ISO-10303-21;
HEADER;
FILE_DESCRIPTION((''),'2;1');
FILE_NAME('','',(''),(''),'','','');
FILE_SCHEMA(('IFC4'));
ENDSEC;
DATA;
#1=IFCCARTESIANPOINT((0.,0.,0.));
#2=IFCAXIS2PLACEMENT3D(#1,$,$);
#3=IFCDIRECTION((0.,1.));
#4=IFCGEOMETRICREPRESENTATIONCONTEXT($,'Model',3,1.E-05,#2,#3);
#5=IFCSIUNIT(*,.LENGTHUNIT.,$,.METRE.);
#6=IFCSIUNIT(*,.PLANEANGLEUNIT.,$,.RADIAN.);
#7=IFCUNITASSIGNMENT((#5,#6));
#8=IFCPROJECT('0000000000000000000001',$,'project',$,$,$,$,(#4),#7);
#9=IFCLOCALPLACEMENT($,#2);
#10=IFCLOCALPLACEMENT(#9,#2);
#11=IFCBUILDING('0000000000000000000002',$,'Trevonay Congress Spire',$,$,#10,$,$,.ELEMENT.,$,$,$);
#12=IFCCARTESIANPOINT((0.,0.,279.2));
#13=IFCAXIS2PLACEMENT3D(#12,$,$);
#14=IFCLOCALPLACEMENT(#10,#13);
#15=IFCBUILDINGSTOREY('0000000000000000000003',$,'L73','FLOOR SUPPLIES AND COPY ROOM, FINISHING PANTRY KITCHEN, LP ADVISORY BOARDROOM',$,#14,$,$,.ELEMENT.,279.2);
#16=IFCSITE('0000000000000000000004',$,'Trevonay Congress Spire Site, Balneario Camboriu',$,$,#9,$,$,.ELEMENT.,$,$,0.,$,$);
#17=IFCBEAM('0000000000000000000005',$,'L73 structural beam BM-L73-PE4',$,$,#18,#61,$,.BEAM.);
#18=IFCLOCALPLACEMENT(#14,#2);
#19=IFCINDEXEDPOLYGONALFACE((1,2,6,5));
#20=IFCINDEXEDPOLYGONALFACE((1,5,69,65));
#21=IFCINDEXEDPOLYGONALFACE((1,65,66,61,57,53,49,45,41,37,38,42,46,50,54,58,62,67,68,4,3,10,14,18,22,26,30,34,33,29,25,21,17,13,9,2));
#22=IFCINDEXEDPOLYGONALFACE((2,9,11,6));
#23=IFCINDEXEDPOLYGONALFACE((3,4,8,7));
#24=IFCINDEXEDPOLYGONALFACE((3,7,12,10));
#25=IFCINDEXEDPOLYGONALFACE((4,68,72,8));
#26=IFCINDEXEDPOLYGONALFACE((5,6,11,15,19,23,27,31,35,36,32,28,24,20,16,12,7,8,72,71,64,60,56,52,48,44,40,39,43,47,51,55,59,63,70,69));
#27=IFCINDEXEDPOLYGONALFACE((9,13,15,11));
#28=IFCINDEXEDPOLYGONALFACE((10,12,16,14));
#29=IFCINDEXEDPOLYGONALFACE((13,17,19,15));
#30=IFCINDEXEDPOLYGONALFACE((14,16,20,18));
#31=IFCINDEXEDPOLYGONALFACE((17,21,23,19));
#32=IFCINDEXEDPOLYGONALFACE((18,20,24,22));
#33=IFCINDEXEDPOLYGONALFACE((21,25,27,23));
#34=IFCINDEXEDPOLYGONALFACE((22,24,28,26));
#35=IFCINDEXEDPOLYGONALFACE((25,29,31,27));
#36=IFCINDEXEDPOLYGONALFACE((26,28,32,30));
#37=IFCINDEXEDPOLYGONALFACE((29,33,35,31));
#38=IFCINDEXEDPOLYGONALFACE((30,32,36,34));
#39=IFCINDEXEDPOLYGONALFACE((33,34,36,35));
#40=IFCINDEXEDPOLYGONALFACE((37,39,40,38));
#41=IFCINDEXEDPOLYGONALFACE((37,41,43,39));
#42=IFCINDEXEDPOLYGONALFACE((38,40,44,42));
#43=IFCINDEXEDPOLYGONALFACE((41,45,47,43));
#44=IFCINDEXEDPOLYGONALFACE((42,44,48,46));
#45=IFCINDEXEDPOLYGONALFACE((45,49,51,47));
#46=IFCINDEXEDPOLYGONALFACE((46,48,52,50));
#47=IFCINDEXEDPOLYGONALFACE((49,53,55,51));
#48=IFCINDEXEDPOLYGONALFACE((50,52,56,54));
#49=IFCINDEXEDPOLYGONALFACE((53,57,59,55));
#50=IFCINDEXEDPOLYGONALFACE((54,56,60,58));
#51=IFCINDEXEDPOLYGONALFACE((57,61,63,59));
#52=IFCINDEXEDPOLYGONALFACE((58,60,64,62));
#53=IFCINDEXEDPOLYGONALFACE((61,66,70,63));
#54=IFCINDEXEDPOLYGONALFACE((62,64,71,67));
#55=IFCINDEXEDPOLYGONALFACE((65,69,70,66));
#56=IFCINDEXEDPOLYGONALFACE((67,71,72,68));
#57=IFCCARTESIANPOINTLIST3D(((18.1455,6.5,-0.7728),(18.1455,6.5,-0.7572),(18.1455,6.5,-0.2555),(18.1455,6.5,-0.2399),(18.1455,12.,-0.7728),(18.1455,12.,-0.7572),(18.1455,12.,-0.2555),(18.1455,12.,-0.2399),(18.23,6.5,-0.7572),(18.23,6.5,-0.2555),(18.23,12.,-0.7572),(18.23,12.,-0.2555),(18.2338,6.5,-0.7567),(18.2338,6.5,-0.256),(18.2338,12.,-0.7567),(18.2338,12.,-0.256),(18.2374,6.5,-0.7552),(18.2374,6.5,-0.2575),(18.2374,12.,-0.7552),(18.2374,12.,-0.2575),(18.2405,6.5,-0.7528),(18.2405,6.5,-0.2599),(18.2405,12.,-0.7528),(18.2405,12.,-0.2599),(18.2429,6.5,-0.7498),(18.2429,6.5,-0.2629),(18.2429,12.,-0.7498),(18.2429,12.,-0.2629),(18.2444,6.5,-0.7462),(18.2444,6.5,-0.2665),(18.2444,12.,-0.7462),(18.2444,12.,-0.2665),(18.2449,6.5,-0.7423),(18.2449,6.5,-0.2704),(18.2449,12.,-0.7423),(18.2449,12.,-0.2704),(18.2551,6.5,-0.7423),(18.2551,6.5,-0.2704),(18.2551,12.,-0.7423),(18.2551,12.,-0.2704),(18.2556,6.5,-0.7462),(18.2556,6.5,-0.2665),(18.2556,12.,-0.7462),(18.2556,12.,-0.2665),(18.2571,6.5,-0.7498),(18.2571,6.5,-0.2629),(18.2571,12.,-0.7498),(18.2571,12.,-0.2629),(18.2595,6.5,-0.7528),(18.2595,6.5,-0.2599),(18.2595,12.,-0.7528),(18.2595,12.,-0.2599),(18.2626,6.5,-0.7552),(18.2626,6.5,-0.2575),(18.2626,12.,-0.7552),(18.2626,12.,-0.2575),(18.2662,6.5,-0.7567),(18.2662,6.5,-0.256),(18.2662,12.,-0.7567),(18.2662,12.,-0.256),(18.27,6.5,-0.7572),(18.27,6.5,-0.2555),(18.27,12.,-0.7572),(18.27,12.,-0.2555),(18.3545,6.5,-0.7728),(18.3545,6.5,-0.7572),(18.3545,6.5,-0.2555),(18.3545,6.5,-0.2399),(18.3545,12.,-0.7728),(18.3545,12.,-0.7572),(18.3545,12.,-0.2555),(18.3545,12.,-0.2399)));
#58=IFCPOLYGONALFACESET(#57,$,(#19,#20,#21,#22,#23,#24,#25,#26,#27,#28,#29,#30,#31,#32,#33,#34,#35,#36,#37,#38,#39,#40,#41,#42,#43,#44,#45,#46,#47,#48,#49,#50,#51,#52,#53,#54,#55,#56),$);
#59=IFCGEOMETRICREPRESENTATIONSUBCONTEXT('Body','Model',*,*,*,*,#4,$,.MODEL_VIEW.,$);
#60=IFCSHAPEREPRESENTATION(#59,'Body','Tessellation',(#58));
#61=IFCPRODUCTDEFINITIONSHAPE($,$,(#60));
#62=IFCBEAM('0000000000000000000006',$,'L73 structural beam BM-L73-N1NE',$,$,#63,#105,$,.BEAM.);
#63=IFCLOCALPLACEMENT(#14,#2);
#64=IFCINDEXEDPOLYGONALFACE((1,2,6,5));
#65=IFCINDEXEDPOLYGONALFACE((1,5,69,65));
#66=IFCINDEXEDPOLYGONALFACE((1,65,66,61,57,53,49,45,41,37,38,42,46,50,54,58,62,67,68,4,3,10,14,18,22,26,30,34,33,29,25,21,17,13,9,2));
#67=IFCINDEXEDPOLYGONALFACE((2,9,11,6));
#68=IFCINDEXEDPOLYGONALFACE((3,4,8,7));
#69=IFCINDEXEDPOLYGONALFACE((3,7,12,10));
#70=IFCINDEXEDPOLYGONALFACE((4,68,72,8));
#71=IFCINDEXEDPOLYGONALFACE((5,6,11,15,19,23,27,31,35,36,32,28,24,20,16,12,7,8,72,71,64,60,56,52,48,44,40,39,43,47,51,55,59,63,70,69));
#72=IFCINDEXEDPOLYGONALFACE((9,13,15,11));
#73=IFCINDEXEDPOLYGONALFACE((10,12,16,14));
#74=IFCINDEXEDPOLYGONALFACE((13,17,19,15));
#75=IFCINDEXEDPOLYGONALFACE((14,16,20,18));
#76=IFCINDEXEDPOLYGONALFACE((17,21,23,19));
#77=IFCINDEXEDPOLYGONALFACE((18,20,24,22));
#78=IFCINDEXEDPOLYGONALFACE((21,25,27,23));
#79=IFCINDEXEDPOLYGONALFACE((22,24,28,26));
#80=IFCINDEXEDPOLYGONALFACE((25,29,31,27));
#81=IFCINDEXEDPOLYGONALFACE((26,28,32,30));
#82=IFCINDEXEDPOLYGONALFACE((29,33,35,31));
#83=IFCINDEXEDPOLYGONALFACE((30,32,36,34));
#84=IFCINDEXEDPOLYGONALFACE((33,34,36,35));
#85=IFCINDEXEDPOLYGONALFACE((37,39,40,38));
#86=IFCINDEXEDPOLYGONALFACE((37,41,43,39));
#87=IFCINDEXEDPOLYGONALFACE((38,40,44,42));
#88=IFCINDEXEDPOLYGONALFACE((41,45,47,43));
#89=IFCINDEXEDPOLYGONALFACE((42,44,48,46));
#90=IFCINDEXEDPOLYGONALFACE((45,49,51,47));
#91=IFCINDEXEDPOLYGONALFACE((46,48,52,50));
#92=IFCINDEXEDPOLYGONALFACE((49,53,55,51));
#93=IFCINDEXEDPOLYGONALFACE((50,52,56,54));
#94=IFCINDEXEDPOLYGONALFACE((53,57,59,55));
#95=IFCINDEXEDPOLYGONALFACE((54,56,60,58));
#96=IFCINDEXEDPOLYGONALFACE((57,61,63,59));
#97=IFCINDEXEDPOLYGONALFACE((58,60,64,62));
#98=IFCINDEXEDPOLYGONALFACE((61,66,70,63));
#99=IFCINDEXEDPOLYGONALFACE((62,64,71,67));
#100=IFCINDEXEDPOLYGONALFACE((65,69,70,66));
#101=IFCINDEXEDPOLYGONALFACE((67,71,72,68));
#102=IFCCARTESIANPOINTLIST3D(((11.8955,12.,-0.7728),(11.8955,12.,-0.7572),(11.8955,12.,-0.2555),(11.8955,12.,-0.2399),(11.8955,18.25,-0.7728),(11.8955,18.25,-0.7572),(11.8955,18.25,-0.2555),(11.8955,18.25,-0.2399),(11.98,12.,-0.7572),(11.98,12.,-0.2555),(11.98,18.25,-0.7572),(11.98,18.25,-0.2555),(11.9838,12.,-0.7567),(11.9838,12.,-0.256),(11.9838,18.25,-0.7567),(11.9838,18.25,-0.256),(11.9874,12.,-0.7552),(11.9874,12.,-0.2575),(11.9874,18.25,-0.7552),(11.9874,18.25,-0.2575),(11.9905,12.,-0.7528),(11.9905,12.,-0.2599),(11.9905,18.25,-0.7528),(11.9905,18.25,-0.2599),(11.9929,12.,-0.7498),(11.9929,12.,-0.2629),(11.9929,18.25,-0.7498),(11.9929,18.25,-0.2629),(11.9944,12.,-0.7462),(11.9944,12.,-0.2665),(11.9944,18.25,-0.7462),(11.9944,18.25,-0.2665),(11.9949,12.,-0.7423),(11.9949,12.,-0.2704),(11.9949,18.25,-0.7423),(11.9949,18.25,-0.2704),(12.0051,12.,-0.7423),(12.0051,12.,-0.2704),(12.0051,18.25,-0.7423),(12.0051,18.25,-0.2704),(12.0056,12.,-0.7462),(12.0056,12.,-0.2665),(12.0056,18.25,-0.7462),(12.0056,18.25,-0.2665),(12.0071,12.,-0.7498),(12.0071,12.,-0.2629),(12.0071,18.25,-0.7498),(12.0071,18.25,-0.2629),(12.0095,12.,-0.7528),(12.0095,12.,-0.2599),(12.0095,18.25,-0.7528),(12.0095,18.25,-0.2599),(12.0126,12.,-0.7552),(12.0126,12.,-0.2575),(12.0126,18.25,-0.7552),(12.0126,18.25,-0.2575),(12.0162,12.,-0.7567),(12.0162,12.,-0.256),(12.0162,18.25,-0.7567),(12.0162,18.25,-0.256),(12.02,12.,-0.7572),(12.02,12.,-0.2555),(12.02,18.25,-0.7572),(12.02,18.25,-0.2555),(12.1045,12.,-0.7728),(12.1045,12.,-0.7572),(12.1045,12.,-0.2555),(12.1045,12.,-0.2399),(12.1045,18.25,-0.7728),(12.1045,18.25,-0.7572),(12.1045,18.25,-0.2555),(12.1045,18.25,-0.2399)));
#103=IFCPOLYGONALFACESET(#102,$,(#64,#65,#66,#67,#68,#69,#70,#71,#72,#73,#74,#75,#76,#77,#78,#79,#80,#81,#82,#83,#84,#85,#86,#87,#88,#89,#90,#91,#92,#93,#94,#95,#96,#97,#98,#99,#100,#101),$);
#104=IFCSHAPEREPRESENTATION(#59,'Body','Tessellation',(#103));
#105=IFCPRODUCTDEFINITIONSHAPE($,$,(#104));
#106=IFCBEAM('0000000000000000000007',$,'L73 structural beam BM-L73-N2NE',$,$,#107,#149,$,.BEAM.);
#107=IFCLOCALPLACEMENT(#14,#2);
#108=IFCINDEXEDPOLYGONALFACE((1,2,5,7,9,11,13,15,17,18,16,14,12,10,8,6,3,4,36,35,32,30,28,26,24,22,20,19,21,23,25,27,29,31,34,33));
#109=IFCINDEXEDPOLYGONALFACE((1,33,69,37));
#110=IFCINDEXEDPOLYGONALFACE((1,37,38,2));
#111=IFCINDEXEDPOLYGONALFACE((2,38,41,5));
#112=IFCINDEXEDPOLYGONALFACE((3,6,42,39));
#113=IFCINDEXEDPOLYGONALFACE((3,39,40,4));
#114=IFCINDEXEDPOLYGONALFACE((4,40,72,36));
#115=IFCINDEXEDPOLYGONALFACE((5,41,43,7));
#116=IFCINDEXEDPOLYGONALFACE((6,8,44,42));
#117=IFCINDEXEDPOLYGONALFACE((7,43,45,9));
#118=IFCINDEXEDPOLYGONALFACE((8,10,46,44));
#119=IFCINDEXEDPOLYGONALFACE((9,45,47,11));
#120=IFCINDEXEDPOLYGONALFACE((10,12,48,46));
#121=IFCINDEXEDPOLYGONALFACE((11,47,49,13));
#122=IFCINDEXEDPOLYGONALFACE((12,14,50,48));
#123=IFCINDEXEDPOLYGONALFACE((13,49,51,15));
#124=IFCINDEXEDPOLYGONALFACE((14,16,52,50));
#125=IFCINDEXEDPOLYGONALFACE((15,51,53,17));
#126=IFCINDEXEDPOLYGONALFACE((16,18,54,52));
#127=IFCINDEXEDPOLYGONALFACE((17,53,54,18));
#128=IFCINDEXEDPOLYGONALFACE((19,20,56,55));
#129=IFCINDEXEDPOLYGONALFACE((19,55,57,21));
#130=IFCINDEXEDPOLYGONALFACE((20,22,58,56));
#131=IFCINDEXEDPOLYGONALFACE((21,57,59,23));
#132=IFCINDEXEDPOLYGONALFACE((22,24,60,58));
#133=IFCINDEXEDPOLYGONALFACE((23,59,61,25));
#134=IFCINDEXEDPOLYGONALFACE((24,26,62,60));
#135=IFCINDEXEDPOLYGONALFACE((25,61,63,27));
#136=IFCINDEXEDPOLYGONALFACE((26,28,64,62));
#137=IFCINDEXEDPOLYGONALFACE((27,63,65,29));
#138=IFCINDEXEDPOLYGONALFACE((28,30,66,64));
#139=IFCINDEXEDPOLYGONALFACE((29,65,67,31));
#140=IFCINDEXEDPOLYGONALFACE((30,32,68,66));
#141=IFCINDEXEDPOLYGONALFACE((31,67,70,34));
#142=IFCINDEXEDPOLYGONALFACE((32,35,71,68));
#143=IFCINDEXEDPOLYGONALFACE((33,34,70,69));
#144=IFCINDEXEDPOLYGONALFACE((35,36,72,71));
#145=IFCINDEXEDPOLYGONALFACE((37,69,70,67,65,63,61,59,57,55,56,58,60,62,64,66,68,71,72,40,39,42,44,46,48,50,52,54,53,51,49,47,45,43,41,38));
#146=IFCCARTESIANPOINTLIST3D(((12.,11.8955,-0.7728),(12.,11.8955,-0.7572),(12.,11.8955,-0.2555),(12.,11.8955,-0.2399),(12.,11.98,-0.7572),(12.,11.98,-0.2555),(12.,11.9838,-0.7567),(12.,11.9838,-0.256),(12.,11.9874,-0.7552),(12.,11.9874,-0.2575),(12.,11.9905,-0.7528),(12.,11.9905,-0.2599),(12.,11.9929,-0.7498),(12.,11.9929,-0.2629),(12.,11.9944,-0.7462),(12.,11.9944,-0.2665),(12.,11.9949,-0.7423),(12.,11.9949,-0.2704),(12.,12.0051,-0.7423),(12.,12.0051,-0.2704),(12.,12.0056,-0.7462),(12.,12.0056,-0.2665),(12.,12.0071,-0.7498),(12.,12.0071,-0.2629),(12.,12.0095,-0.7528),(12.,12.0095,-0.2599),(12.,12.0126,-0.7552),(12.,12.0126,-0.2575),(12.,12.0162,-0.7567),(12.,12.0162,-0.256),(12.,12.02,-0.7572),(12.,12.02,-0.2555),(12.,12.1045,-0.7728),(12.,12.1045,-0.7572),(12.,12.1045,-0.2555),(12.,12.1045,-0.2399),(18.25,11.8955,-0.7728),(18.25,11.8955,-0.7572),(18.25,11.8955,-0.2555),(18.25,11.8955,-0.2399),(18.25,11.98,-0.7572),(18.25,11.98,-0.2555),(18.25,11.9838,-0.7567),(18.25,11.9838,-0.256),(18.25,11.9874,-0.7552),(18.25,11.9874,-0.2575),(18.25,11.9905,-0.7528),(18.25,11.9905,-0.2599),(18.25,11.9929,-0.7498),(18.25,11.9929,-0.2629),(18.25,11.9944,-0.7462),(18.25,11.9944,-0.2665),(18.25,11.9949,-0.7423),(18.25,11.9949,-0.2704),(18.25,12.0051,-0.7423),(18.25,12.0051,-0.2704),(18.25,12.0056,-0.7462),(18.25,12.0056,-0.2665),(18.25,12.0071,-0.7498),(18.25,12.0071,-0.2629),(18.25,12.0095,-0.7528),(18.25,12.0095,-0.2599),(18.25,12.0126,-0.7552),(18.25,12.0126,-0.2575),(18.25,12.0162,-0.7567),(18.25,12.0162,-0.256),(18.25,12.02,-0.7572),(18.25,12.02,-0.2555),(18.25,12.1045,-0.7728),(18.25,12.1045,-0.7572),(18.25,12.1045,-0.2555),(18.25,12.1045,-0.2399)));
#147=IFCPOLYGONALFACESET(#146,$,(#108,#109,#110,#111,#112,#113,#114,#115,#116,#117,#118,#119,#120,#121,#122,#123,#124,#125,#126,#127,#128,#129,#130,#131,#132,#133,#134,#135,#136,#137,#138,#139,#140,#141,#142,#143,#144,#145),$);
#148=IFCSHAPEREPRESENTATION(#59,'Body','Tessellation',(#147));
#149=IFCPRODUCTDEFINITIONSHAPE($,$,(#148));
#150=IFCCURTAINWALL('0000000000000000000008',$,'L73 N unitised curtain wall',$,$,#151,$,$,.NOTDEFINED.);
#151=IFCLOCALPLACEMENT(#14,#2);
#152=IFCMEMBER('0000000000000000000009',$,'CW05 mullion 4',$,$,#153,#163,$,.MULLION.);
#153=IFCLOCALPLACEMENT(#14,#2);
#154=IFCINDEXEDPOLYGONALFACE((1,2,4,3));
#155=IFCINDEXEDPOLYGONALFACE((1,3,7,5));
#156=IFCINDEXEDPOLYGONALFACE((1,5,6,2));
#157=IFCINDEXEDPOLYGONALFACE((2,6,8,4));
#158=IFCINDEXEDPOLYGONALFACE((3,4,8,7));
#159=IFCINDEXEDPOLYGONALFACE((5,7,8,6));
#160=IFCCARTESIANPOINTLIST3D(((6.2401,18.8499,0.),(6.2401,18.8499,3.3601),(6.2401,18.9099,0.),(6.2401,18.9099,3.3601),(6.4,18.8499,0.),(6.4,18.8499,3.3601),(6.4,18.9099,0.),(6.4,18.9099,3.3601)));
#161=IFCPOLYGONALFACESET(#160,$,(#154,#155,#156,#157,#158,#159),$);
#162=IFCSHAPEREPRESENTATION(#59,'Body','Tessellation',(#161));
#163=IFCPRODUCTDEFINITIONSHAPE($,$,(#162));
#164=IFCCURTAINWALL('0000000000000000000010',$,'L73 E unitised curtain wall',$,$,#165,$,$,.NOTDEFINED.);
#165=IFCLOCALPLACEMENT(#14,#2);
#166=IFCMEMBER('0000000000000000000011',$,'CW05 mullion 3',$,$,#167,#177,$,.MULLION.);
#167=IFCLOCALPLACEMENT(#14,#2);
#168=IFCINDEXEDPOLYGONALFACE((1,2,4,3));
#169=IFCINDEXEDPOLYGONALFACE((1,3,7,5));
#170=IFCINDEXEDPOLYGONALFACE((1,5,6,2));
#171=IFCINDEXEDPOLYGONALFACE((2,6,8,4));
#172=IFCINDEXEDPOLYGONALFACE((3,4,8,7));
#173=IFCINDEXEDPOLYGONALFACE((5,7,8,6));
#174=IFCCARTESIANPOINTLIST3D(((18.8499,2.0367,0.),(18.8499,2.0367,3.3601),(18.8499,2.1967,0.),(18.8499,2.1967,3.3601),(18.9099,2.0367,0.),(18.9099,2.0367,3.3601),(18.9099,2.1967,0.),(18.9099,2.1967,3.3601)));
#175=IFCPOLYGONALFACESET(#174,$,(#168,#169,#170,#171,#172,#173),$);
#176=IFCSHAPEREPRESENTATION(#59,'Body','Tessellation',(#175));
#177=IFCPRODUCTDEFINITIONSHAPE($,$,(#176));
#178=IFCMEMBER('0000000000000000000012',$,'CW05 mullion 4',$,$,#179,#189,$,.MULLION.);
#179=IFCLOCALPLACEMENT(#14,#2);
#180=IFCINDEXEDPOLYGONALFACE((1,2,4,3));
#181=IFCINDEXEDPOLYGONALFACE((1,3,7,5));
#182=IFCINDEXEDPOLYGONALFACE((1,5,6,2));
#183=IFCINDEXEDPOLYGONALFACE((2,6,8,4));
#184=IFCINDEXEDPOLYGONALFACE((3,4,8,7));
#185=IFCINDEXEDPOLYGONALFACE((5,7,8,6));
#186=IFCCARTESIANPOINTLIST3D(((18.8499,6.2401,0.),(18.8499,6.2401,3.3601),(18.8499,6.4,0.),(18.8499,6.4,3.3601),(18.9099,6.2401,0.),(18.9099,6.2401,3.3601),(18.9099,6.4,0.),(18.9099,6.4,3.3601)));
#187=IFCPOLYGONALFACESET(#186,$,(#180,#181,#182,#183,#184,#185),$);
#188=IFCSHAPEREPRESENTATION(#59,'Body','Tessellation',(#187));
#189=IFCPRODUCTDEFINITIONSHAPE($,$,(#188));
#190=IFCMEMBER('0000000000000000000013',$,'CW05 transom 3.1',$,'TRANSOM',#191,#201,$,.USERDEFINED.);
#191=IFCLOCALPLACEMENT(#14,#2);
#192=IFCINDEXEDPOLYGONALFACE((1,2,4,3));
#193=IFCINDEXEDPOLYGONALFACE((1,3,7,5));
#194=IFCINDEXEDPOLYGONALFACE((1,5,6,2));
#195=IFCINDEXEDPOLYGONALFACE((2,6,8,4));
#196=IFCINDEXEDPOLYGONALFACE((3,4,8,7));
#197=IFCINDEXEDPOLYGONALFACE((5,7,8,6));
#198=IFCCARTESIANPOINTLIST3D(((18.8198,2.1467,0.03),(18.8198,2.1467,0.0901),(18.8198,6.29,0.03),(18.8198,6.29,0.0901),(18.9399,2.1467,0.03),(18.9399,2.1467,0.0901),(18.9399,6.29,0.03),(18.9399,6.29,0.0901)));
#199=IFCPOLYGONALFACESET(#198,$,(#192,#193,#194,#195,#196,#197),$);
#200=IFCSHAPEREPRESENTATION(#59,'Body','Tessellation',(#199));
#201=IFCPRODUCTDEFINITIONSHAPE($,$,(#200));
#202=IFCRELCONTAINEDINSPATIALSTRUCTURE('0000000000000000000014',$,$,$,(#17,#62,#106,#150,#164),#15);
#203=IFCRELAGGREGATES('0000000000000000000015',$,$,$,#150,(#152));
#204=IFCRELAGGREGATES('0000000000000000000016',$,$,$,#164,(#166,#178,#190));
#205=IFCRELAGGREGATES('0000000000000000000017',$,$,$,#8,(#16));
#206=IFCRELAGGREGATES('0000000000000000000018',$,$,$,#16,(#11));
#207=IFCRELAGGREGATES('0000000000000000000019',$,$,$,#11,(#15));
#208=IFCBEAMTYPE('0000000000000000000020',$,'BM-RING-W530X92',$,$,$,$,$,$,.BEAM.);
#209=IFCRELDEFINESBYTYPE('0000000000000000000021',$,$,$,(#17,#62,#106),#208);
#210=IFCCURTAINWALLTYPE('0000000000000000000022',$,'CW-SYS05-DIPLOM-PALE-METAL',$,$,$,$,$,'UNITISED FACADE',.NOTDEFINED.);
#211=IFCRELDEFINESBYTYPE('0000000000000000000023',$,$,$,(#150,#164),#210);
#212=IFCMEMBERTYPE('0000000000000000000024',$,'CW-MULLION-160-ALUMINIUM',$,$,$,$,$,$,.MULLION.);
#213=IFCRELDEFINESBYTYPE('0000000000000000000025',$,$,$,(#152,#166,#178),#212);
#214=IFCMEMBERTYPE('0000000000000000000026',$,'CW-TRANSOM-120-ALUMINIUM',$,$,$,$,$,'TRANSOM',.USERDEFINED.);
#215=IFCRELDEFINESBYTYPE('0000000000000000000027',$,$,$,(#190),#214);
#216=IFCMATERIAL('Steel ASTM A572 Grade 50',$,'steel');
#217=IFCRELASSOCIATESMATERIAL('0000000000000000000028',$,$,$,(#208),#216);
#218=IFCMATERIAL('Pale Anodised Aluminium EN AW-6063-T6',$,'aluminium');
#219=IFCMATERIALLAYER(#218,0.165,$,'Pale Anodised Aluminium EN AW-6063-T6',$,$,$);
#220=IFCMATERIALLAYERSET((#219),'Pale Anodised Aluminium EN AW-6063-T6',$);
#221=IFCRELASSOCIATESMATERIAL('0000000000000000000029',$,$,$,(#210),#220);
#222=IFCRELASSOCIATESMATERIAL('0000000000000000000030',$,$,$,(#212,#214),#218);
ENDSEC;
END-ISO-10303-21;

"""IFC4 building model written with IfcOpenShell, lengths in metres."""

from ifc_helpers import new_model, si_unit, direction, frame, origin, origin_2d, place, context, subcontext, project, spatial, rectangle, i_section, extrude, material, layer, layer_set, material_profile, profile_set, type_object, element, aggregate, save


model = new_model("IFC4")

# Units and contexts
model_context = context("Model", 3, precision=1e-05, world=origin(), true_north=direction((0.0, 1.0)))
body_context = subcontext(model_context, "Body", "Model", "MODEL_VIEW")
ifc_project = project(units=[si_unit("LENGTHUNIT", "METRE"), si_unit("PLANEANGLEUNIT", "RADIAN")], contexts=[model_context])

# Site, building, storey
site_placement = place(None, origin())
site = spatial("IfcSite", under=ifc_project, at=site_placement, Name="Trevonay Congress Spire Site, Balneario Camboriu", CompositionType="ELEMENT", RefElevation=0.0)
building_placement = place(site_placement, origin())
building = spatial("IfcBuilding", under=site, at=building_placement, Name="Trevonay Congress Spire", CompositionType="ELEMENT")
storey_placement = place(building_placement, frame((0.0, 0.0, 279.2)))
storey = spatial("IfcBuildingStorey", under=building, at=storey_placement, Name="L73", Description="FLOOR SUPPLIES AND COPY ROOM, FINISHING PANTRY KITCHEN, LP ADVISORY BOARDROOM", CompositionType="ELEMENT", Elevation=279.2)

# Shared definitions
ifc_material_1 = material(Name="Steel ASTM A572 Grade 50", Category="steel")

# Beams
ifc_material_profile_1 = material_profile(ifc_material_1, i_section(OverallWidth=0.209, OverallDepth=0.533, WebThickness=0.0103, FlangeThickness=0.0156, FilletRadius=0.0149, at=origin_2d()), Name="W530x92")
ifc_profile_set_1 = profile_set([ifc_material_profile_1], Name="Steel ASTM A572 Grade 50")
beam_type_1 = type_object("IfcBeamType", Name="BM-RING-W530X92", PredefinedType="BEAM", material=ifc_profile_set_1)
for number, where, z_axis, x_axis, name in (
    (1, (18.25, 6.5, -0.5063), (0.0, 1.0, 0.0), (-1.0, 0.0, 0.0), "L73 structural beam BM-L73-PE4"),
):
    element("IfcBeam", number, at=place(storey_placement, frame(where, z_axis=z_axis, x_axis=x_axis)), inside=storey, type_object=beam_type_1, Name=name, PredefinedType="BEAM", context=body_context, shape_type="SweptSolid", body=[
        extrude(i_section(OverallWidth=0.209, OverallDepth=0.533, WebThickness=0.0103, FlangeThickness=0.0156, FilletRadius=0.0149, at=origin_2d()), origin(), (0.0, 0.0, 1.0), 5.5),
    ])
for number, where, z_axis, x_axis, name in (
    (2, (12.0, 18.25, -0.5063), (0.0, -1.0, 0.0), (1.0, 0.0, 0.0), "L73 structural beam BM-L73-N1NE"),
    (3, (18.25, 12.0, -0.5063), (-1.0, 0.0, 0.0), (0.0, -1.0, 0.0), "L73 structural beam BM-L73-N2NE"),
):
    element("IfcBeam", number, at=place(storey_placement, frame(where, z_axis=z_axis, x_axis=x_axis)), inside=storey, type_object=beam_type_1, Name=name, PredefinedType="BEAM", context=body_context, shape_type="SweptSolid", body=[
        extrude(i_section(OverallWidth=0.209, OverallDepth=0.533, WebThickness=0.0103, FlangeThickness=0.0156, FilletRadius=0.0149, at=origin_2d()), origin(), (0.0, 0.0, 1.0), 6.25),
    ])

# Curtain wall, member
ifc_material_2 = material(Name="Pale Anodised Aluminium EN AW-6063-T6", Category="aluminium")
ifc_layer_1 = layer(ifc_material_2, 0.165, Name="Pale Anodised Aluminium EN AW-6063-T6")
ifc_layer_set_1 = layer_set([ifc_layer_1], Name="Pale Anodised Aluminium EN AW-6063-T6")
curtain_wall_type = type_object("IfcCurtainWallType", Name="CW-SYS05-DIPLOM-PALE-METAL", ElementType="UNITISED FACADE", PredefinedType="NOTDEFINED", material=ifc_layer_set_1)
curtain_wall_1_placement = place(storey_placement, origin())
curtain_wall_1 = element("IfcCurtainWall", 4, at=curtain_wall_1_placement, inside=storey, type_object=curtain_wall_type, Name="L73 N unitised curtain wall", PredefinedType="NOTDEFINED")
ifc_material_profile_2 = material_profile(ifc_material_2, rectangle(XDim=0.0601, YDim=0.1599, at=origin_2d()), Name="CW-MULLION-160-ALUMINIUM")
ifc_profile_set_2 = profile_set([ifc_material_profile_2], Name="Pale Anodised Aluminium EN AW-6063-T6")
member_type_1 = type_object("IfcMemberType", Name="CW-MULLION-160-ALUMINIUM", PredefinedType="MULLION", material=ifc_profile_set_2)
member_1_placement = place(storey_placement, frame((6.3201, 18.8799, 0.0), z_axis=(0.0, 0.0, 1.0), x_axis=(0.0, 1.0, 0.0)))
member_1 = element("IfcMember", 5, at=member_1_placement, type_object=member_type_1, Name="CW05 mullion 4", PredefinedType="MULLION", context=body_context, shape_type="SweptSolid", body=[
    extrude(rectangle(XDim=0.0601, YDim=0.1599, at=origin_2d()), origin(), (0.0, 0.0, 1.0), 3.3601),
])
aggregate(curtain_wall_1, [member_1])

# Curtain wall, members
curtain_wall_2_placement = place(storey_placement, origin())
curtain_wall_2 = element("IfcCurtainWall", 6, at=curtain_wall_2_placement, inside=storey, type_object=curtain_wall_type, Name="L73 E unitised curtain wall", PredefinedType="NOTDEFINED")
member_2_placement = place(storey_placement, frame((18.8799, 2.1167, 0.0), z_axis=(0.0, 0.0, 1.0), x_axis=(-1.0, 0.0, 0.0)))
member_2 = element("IfcMember", 7, at=member_2_placement, type_object=member_type_1, Name="CW05 mullion 3", PredefinedType="MULLION", context=body_context, shape_type="SweptSolid", body=[
    extrude(rectangle(XDim=0.0601, YDim=0.1599, at=origin_2d()), origin(), (0.0, 0.0, 1.0), 3.3601),
])
member_3_placement = place(storey_placement, frame((18.8799, 6.3201, 0.0), z_axis=(0.0, 0.0, 1.0), x_axis=(-1.0, 0.0, 0.0)))
member_3 = element("IfcMember", 8, at=member_3_placement, type_object=member_type_1, Name="CW05 mullion 4", PredefinedType="MULLION", context=body_context, shape_type="SweptSolid", body=[
    extrude(rectangle(XDim=0.0601, YDim=0.1599, at=origin_2d()), origin(), (0.0, 0.0, 1.0), 3.3601),
])
ifc_material_profile_3 = material_profile(ifc_material_2, rectangle(XDim=0.1201, YDim=0.0601, at=origin_2d()), Name="CW-TRANSOM-120-ALUMINIUM")
ifc_profile_set_3 = profile_set([ifc_material_profile_3], Name="Pale Anodised Aluminium EN AW-6063-T6")
member_type_2 = type_object("IfcMemberType", Name="CW-TRANSOM-120-ALUMINIUM", ElementType="TRANSOM", PredefinedType="USERDEFINED", material=ifc_profile_set_3)
member_4_placement = place(storey_placement, frame((18.8799, 2.1467, 0.0601), z_axis=(0.0, 1.0, 0.0), x_axis=(-1.0, 0.0, 0.0)))
member_4 = element("IfcMember", 9, at=member_4_placement, type_object=member_type_2, Name="CW05 transom 3.1", ObjectType="TRANSOM", PredefinedType="USERDEFINED", context=body_context, shape_type="SweptSolid", body=[
    extrude(rectangle(XDim=0.1201, YDim=0.0601, at=origin_2d()), origin(), (0.0, 0.0, 1.0), 4.1433),
])

aggregate(curtain_wall_2, [member_2, member_3, member_4])

save(model, "model.ifc")
